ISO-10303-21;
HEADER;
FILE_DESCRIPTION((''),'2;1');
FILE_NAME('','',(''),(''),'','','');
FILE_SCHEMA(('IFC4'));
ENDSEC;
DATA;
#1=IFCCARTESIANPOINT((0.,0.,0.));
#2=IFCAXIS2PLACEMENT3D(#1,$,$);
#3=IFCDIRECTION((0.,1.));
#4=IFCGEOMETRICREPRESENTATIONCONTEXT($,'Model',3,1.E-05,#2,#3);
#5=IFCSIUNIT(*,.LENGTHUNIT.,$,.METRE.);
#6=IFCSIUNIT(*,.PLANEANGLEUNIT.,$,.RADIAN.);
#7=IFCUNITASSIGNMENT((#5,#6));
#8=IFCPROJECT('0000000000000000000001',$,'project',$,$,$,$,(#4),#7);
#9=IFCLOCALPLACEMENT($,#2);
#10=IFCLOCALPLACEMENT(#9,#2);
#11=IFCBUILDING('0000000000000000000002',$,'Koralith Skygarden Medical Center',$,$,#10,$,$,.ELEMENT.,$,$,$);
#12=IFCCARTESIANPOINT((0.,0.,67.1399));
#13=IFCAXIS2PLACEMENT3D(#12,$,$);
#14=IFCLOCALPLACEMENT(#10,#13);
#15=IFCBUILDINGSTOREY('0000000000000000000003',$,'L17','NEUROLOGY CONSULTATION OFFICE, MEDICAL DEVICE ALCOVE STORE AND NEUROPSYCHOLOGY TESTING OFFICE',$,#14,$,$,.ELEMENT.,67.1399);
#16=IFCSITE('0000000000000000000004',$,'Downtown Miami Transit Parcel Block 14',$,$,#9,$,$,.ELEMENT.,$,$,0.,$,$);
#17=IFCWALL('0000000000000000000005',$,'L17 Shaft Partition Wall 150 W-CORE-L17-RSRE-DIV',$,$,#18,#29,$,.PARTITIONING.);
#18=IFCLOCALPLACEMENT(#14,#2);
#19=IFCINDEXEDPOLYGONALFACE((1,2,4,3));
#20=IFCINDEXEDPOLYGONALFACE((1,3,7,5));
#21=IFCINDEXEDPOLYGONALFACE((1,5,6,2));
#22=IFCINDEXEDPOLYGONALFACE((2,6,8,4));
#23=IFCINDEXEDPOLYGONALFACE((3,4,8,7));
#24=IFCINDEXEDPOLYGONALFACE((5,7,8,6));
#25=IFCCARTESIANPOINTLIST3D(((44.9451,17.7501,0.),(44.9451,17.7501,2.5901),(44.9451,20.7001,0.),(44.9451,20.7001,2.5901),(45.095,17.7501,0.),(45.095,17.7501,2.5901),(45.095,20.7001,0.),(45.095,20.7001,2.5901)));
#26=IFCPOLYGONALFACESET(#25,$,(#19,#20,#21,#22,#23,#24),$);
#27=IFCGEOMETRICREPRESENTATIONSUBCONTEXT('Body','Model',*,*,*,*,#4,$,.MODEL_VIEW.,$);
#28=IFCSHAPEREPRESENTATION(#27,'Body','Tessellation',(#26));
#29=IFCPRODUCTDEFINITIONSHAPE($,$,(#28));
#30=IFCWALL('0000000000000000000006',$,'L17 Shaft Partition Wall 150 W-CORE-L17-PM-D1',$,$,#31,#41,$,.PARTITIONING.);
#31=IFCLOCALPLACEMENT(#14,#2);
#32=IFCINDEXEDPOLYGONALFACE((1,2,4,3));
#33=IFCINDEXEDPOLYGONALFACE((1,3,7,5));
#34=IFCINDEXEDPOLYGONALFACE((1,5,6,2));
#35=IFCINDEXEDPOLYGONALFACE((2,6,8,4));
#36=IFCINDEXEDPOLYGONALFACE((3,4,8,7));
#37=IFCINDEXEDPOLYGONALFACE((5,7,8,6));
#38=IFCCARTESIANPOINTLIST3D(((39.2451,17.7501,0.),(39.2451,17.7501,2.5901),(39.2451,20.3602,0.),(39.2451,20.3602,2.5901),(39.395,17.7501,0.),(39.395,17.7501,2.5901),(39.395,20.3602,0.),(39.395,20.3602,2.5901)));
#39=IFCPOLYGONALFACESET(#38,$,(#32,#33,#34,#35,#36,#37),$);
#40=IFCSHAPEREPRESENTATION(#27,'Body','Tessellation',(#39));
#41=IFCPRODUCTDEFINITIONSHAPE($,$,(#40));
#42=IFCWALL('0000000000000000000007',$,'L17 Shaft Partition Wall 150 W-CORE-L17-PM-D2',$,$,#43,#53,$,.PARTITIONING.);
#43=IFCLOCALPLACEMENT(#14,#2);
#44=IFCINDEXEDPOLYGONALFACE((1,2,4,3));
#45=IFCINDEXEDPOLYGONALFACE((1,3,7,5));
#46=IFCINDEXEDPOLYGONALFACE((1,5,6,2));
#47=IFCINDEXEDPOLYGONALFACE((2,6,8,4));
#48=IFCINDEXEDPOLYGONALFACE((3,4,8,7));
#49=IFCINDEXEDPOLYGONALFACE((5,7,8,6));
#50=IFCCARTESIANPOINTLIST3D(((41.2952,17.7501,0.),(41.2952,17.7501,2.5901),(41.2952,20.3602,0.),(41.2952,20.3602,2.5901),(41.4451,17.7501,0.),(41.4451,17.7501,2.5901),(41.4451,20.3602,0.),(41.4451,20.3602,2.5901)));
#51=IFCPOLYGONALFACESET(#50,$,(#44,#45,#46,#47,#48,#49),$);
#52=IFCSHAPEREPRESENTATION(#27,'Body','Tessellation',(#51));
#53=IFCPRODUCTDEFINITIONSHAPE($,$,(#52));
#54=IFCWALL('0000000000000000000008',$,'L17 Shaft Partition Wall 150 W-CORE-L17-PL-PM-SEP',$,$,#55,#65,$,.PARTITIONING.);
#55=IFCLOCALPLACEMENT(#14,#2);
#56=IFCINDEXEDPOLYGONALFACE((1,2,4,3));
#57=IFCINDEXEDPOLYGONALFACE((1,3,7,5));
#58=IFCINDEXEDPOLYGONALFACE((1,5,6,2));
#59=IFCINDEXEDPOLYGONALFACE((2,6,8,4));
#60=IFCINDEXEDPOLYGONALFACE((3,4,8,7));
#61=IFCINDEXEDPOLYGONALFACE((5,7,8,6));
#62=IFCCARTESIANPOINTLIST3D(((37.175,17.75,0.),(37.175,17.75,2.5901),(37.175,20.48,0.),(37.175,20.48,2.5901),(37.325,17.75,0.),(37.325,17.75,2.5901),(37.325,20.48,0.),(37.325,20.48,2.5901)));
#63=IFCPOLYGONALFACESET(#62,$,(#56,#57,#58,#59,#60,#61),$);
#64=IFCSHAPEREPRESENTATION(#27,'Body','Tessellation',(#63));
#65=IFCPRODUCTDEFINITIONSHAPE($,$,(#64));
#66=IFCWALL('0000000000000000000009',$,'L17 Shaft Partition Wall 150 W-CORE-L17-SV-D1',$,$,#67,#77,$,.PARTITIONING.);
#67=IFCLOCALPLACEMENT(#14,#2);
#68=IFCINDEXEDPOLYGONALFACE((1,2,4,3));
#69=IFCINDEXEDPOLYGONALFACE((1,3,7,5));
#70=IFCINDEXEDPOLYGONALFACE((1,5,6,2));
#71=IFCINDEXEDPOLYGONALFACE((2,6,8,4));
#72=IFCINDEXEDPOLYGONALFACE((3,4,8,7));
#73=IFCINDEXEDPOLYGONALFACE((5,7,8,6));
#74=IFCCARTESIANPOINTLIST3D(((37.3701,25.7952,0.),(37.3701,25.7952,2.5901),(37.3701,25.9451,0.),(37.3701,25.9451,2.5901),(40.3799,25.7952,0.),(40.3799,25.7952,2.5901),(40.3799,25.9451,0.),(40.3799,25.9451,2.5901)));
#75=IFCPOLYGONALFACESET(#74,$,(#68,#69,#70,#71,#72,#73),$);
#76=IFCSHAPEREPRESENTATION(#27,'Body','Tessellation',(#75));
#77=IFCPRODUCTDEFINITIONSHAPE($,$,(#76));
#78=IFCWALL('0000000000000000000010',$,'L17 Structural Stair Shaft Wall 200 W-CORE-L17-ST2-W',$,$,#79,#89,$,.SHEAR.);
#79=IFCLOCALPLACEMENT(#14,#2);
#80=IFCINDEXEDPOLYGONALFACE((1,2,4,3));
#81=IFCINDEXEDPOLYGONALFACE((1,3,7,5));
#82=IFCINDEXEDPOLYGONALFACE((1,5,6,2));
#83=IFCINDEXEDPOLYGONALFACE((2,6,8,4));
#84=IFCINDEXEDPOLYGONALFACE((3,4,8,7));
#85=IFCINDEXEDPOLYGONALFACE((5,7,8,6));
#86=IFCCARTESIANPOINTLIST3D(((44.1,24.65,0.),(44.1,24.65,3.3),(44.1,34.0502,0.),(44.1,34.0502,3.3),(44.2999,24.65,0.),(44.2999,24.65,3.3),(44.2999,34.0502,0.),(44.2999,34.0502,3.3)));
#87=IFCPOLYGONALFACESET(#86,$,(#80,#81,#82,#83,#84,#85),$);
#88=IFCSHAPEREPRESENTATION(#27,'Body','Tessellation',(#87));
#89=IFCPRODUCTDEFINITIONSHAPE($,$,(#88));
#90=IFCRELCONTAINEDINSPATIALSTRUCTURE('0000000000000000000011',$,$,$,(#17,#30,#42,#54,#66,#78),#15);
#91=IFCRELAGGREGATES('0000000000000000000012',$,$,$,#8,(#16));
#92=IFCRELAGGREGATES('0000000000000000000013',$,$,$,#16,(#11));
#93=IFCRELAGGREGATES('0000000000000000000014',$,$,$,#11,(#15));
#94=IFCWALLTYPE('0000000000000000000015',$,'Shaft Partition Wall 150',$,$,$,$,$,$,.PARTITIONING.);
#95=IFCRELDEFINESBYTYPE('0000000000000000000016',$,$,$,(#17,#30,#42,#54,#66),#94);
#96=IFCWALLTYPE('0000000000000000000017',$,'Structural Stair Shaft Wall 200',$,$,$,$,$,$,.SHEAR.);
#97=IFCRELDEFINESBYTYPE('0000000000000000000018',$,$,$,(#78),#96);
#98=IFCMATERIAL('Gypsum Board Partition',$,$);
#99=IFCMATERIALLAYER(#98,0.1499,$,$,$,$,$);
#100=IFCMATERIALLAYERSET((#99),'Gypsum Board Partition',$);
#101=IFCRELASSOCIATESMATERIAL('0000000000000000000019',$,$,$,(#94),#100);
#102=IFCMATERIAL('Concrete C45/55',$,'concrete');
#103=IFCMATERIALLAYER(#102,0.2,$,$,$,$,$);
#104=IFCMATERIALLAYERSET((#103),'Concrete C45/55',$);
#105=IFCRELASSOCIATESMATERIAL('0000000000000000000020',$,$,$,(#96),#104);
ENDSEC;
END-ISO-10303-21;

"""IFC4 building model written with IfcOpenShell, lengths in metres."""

from ifc_helpers import new_model, si_unit, direction, frame, frame_2d, origin, place, context, subcontext, project, spatial, rectangle, extrude, material, layer, layer_set, type_object, element, save


model = new_model("IFC4")

# Units and contexts
model_context = context("Model", 3, precision=1e-05, world=origin(), true_north=direction((0.0, 1.0)))
body_context = subcontext(model_context, "Body", "Model", "MODEL_VIEW")
ifc_project = project(units=[si_unit("LENGTHUNIT", "METRE"), si_unit("PLANEANGLEUNIT", "RADIAN")], contexts=[model_context])

# Site, building, storey
site_placement = place(None, origin())
site = spatial("IfcSite", under=ifc_project, at=site_placement, Name="Downtown Miami Transit Parcel Block 14", CompositionType="ELEMENT", RefElevation=0.0)
building_placement = place(site_placement, origin())
building = spatial("IfcBuilding", under=site, at=building_placement, Name="Koralith Skygarden Medical Center", CompositionType="ELEMENT")
storey_placement = place(building_placement, frame((0.0, 0.0, 67.1399)))
storey = spatial("IfcBuildingStorey", under=building, at=storey_placement, Name="L17", Description="NEUROLOGY CONSULTATION OFFICE, MEDICAL DEVICE ALCOVE STORE AND NEUROPSYCHOLOGY TESTING OFFICE", CompositionType="ELEMENT", Elevation=67.1399)

# Shared definitions
ifc_material_1 = material(Name="Concrete C45/55", Category="concrete")

# Shared definitions
ifc_material_2 = material(Name="Gypsum Board Partition")

# Walls
ifc_layer_1 = layer(ifc_material_2, 0.1499)
ifc_layer_set_1 = layer_set([ifc_layer_1], Name="Gypsum Board Partition")
wall_type_1 = type_object("IfcWallType", Name="Shaft Partition Wall 150", PredefinedType="PARTITIONING", material=ifc_layer_set_1)
wall_1_placement = place(storey_placement, frame((45.02, 17.75, 0.0), z_axis=(0.0, 0.0, 1.0), x_axis=(0.0, 1.0, 0.0)))
element("IfcWall", 1, at=wall_1_placement, inside=storey, type_object=wall_type_1, Name="L17 Shaft Partition Wall 150 W-CORE-L17-RSRE-DIV", PredefinedType="PARTITIONING", context=body_context, shape_type="SweptSolid", body=[
    extrude(rectangle(XDim=2.95, YDim=0.1499, at=frame_2d((1.4751, 0.0))), origin(), (0.0, 0.0, 1.0), 2.5901),
])
for number, where, z_axis, x_axis, name in (
    (2, (39.3201, 17.75, 0.0), (0.0, 0.0, 1.0), (0.0, 1.0, 0.0), "L17 Shaft Partition Wall 150 W-CORE-L17-PM-D1"),
    (3, (41.3701, 17.75, 0.0), (0.0, 0.0, 1.0), (0.0, 1.0, 0.0), "L17 Shaft Partition Wall 150 W-CORE-L17-PM-D2"),
):
    element("IfcWall", number, at=place(storey_placement, frame(where, z_axis=z_axis, x_axis=x_axis)), inside=storey, type_object=wall_type_1, Name=name, PredefinedType="PARTITIONING", context=body_context, shape_type="SweptSolid", body=[
        extrude(rectangle(XDim=2.6101, YDim=0.1499, at=frame_2d((1.3052, 0.0))), origin(), (0.0, 0.0, 1.0), 2.5901),
    ])
wall_2_placement = place(storey_placement, frame((37.25, 17.75, 0.0), z_axis=(0.0, 0.0, 1.0), x_axis=(0.0, 1.0, 0.0)))
element("IfcWall", 4, at=wall_2_placement, inside=storey, type_object=wall_type_1, Name="L17 Shaft Partition Wall 150 W-CORE-L17-PL-PM-SEP", PredefinedType="PARTITIONING", context=body_context, shape_type="SweptSolid", body=[
    extrude(rectangle(XDim=2.73, YDim=0.1499, at=frame_2d((1.365, 0.0))), origin(), (0.0, 0.0, 1.0), 2.5901),
])
wall_3_placement = place(storey_placement, frame((37.3701, 25.8701, 0.0), z_axis=(0.0, 0.0, 1.0), x_axis=(1.0, 0.0, 0.0)))
element("IfcWall", 5, at=wall_3_placement, inside=storey, type_object=wall_type_1, Name="L17 Shaft Partition Wall 150 W-CORE-L17-SV-D1", PredefinedType="PARTITIONING", context=body_context, shape_type="SweptSolid", body=[
    extrude(rectangle(XDim=3.0098, YDim=0.1499, at=frame_2d((1.5049, 0.0))), origin(), (0.0, 0.0, 1.0), 2.5901),
])
ifc_layer_2 = layer(ifc_material_1, 0.2)
ifc_layer_set_2 = layer_set([ifc_layer_2], Name="Concrete C45/55")
wall_type_2 = type_object("IfcWallType", Name="Structural Stair Shaft Wall 200", PredefinedType="SHEAR", material=ifc_layer_set_2)
wall_4_placement = place(storey_placement, frame((44.2, 24.6499, 0.0), z_axis=(0.0, 0.0, 1.0), x_axis=(0.0, 1.0, 0.0)))
element("IfcWall", 6, at=wall_4_placement, inside=storey, type_object=wall_type_2, Name="L17 Structural Stair Shaft Wall 200 W-CORE-L17-ST2-W", PredefinedType="SHEAR", context=body_context, shape_type="SweptSolid", body=[
    extrude(rectangle(XDim=9.4001, YDim=0.2, at=frame_2d((4.7002, 0.0))), origin(), (0.0, 0.0, 1.0), 3.3),
])

save(model, "model.ifc")
